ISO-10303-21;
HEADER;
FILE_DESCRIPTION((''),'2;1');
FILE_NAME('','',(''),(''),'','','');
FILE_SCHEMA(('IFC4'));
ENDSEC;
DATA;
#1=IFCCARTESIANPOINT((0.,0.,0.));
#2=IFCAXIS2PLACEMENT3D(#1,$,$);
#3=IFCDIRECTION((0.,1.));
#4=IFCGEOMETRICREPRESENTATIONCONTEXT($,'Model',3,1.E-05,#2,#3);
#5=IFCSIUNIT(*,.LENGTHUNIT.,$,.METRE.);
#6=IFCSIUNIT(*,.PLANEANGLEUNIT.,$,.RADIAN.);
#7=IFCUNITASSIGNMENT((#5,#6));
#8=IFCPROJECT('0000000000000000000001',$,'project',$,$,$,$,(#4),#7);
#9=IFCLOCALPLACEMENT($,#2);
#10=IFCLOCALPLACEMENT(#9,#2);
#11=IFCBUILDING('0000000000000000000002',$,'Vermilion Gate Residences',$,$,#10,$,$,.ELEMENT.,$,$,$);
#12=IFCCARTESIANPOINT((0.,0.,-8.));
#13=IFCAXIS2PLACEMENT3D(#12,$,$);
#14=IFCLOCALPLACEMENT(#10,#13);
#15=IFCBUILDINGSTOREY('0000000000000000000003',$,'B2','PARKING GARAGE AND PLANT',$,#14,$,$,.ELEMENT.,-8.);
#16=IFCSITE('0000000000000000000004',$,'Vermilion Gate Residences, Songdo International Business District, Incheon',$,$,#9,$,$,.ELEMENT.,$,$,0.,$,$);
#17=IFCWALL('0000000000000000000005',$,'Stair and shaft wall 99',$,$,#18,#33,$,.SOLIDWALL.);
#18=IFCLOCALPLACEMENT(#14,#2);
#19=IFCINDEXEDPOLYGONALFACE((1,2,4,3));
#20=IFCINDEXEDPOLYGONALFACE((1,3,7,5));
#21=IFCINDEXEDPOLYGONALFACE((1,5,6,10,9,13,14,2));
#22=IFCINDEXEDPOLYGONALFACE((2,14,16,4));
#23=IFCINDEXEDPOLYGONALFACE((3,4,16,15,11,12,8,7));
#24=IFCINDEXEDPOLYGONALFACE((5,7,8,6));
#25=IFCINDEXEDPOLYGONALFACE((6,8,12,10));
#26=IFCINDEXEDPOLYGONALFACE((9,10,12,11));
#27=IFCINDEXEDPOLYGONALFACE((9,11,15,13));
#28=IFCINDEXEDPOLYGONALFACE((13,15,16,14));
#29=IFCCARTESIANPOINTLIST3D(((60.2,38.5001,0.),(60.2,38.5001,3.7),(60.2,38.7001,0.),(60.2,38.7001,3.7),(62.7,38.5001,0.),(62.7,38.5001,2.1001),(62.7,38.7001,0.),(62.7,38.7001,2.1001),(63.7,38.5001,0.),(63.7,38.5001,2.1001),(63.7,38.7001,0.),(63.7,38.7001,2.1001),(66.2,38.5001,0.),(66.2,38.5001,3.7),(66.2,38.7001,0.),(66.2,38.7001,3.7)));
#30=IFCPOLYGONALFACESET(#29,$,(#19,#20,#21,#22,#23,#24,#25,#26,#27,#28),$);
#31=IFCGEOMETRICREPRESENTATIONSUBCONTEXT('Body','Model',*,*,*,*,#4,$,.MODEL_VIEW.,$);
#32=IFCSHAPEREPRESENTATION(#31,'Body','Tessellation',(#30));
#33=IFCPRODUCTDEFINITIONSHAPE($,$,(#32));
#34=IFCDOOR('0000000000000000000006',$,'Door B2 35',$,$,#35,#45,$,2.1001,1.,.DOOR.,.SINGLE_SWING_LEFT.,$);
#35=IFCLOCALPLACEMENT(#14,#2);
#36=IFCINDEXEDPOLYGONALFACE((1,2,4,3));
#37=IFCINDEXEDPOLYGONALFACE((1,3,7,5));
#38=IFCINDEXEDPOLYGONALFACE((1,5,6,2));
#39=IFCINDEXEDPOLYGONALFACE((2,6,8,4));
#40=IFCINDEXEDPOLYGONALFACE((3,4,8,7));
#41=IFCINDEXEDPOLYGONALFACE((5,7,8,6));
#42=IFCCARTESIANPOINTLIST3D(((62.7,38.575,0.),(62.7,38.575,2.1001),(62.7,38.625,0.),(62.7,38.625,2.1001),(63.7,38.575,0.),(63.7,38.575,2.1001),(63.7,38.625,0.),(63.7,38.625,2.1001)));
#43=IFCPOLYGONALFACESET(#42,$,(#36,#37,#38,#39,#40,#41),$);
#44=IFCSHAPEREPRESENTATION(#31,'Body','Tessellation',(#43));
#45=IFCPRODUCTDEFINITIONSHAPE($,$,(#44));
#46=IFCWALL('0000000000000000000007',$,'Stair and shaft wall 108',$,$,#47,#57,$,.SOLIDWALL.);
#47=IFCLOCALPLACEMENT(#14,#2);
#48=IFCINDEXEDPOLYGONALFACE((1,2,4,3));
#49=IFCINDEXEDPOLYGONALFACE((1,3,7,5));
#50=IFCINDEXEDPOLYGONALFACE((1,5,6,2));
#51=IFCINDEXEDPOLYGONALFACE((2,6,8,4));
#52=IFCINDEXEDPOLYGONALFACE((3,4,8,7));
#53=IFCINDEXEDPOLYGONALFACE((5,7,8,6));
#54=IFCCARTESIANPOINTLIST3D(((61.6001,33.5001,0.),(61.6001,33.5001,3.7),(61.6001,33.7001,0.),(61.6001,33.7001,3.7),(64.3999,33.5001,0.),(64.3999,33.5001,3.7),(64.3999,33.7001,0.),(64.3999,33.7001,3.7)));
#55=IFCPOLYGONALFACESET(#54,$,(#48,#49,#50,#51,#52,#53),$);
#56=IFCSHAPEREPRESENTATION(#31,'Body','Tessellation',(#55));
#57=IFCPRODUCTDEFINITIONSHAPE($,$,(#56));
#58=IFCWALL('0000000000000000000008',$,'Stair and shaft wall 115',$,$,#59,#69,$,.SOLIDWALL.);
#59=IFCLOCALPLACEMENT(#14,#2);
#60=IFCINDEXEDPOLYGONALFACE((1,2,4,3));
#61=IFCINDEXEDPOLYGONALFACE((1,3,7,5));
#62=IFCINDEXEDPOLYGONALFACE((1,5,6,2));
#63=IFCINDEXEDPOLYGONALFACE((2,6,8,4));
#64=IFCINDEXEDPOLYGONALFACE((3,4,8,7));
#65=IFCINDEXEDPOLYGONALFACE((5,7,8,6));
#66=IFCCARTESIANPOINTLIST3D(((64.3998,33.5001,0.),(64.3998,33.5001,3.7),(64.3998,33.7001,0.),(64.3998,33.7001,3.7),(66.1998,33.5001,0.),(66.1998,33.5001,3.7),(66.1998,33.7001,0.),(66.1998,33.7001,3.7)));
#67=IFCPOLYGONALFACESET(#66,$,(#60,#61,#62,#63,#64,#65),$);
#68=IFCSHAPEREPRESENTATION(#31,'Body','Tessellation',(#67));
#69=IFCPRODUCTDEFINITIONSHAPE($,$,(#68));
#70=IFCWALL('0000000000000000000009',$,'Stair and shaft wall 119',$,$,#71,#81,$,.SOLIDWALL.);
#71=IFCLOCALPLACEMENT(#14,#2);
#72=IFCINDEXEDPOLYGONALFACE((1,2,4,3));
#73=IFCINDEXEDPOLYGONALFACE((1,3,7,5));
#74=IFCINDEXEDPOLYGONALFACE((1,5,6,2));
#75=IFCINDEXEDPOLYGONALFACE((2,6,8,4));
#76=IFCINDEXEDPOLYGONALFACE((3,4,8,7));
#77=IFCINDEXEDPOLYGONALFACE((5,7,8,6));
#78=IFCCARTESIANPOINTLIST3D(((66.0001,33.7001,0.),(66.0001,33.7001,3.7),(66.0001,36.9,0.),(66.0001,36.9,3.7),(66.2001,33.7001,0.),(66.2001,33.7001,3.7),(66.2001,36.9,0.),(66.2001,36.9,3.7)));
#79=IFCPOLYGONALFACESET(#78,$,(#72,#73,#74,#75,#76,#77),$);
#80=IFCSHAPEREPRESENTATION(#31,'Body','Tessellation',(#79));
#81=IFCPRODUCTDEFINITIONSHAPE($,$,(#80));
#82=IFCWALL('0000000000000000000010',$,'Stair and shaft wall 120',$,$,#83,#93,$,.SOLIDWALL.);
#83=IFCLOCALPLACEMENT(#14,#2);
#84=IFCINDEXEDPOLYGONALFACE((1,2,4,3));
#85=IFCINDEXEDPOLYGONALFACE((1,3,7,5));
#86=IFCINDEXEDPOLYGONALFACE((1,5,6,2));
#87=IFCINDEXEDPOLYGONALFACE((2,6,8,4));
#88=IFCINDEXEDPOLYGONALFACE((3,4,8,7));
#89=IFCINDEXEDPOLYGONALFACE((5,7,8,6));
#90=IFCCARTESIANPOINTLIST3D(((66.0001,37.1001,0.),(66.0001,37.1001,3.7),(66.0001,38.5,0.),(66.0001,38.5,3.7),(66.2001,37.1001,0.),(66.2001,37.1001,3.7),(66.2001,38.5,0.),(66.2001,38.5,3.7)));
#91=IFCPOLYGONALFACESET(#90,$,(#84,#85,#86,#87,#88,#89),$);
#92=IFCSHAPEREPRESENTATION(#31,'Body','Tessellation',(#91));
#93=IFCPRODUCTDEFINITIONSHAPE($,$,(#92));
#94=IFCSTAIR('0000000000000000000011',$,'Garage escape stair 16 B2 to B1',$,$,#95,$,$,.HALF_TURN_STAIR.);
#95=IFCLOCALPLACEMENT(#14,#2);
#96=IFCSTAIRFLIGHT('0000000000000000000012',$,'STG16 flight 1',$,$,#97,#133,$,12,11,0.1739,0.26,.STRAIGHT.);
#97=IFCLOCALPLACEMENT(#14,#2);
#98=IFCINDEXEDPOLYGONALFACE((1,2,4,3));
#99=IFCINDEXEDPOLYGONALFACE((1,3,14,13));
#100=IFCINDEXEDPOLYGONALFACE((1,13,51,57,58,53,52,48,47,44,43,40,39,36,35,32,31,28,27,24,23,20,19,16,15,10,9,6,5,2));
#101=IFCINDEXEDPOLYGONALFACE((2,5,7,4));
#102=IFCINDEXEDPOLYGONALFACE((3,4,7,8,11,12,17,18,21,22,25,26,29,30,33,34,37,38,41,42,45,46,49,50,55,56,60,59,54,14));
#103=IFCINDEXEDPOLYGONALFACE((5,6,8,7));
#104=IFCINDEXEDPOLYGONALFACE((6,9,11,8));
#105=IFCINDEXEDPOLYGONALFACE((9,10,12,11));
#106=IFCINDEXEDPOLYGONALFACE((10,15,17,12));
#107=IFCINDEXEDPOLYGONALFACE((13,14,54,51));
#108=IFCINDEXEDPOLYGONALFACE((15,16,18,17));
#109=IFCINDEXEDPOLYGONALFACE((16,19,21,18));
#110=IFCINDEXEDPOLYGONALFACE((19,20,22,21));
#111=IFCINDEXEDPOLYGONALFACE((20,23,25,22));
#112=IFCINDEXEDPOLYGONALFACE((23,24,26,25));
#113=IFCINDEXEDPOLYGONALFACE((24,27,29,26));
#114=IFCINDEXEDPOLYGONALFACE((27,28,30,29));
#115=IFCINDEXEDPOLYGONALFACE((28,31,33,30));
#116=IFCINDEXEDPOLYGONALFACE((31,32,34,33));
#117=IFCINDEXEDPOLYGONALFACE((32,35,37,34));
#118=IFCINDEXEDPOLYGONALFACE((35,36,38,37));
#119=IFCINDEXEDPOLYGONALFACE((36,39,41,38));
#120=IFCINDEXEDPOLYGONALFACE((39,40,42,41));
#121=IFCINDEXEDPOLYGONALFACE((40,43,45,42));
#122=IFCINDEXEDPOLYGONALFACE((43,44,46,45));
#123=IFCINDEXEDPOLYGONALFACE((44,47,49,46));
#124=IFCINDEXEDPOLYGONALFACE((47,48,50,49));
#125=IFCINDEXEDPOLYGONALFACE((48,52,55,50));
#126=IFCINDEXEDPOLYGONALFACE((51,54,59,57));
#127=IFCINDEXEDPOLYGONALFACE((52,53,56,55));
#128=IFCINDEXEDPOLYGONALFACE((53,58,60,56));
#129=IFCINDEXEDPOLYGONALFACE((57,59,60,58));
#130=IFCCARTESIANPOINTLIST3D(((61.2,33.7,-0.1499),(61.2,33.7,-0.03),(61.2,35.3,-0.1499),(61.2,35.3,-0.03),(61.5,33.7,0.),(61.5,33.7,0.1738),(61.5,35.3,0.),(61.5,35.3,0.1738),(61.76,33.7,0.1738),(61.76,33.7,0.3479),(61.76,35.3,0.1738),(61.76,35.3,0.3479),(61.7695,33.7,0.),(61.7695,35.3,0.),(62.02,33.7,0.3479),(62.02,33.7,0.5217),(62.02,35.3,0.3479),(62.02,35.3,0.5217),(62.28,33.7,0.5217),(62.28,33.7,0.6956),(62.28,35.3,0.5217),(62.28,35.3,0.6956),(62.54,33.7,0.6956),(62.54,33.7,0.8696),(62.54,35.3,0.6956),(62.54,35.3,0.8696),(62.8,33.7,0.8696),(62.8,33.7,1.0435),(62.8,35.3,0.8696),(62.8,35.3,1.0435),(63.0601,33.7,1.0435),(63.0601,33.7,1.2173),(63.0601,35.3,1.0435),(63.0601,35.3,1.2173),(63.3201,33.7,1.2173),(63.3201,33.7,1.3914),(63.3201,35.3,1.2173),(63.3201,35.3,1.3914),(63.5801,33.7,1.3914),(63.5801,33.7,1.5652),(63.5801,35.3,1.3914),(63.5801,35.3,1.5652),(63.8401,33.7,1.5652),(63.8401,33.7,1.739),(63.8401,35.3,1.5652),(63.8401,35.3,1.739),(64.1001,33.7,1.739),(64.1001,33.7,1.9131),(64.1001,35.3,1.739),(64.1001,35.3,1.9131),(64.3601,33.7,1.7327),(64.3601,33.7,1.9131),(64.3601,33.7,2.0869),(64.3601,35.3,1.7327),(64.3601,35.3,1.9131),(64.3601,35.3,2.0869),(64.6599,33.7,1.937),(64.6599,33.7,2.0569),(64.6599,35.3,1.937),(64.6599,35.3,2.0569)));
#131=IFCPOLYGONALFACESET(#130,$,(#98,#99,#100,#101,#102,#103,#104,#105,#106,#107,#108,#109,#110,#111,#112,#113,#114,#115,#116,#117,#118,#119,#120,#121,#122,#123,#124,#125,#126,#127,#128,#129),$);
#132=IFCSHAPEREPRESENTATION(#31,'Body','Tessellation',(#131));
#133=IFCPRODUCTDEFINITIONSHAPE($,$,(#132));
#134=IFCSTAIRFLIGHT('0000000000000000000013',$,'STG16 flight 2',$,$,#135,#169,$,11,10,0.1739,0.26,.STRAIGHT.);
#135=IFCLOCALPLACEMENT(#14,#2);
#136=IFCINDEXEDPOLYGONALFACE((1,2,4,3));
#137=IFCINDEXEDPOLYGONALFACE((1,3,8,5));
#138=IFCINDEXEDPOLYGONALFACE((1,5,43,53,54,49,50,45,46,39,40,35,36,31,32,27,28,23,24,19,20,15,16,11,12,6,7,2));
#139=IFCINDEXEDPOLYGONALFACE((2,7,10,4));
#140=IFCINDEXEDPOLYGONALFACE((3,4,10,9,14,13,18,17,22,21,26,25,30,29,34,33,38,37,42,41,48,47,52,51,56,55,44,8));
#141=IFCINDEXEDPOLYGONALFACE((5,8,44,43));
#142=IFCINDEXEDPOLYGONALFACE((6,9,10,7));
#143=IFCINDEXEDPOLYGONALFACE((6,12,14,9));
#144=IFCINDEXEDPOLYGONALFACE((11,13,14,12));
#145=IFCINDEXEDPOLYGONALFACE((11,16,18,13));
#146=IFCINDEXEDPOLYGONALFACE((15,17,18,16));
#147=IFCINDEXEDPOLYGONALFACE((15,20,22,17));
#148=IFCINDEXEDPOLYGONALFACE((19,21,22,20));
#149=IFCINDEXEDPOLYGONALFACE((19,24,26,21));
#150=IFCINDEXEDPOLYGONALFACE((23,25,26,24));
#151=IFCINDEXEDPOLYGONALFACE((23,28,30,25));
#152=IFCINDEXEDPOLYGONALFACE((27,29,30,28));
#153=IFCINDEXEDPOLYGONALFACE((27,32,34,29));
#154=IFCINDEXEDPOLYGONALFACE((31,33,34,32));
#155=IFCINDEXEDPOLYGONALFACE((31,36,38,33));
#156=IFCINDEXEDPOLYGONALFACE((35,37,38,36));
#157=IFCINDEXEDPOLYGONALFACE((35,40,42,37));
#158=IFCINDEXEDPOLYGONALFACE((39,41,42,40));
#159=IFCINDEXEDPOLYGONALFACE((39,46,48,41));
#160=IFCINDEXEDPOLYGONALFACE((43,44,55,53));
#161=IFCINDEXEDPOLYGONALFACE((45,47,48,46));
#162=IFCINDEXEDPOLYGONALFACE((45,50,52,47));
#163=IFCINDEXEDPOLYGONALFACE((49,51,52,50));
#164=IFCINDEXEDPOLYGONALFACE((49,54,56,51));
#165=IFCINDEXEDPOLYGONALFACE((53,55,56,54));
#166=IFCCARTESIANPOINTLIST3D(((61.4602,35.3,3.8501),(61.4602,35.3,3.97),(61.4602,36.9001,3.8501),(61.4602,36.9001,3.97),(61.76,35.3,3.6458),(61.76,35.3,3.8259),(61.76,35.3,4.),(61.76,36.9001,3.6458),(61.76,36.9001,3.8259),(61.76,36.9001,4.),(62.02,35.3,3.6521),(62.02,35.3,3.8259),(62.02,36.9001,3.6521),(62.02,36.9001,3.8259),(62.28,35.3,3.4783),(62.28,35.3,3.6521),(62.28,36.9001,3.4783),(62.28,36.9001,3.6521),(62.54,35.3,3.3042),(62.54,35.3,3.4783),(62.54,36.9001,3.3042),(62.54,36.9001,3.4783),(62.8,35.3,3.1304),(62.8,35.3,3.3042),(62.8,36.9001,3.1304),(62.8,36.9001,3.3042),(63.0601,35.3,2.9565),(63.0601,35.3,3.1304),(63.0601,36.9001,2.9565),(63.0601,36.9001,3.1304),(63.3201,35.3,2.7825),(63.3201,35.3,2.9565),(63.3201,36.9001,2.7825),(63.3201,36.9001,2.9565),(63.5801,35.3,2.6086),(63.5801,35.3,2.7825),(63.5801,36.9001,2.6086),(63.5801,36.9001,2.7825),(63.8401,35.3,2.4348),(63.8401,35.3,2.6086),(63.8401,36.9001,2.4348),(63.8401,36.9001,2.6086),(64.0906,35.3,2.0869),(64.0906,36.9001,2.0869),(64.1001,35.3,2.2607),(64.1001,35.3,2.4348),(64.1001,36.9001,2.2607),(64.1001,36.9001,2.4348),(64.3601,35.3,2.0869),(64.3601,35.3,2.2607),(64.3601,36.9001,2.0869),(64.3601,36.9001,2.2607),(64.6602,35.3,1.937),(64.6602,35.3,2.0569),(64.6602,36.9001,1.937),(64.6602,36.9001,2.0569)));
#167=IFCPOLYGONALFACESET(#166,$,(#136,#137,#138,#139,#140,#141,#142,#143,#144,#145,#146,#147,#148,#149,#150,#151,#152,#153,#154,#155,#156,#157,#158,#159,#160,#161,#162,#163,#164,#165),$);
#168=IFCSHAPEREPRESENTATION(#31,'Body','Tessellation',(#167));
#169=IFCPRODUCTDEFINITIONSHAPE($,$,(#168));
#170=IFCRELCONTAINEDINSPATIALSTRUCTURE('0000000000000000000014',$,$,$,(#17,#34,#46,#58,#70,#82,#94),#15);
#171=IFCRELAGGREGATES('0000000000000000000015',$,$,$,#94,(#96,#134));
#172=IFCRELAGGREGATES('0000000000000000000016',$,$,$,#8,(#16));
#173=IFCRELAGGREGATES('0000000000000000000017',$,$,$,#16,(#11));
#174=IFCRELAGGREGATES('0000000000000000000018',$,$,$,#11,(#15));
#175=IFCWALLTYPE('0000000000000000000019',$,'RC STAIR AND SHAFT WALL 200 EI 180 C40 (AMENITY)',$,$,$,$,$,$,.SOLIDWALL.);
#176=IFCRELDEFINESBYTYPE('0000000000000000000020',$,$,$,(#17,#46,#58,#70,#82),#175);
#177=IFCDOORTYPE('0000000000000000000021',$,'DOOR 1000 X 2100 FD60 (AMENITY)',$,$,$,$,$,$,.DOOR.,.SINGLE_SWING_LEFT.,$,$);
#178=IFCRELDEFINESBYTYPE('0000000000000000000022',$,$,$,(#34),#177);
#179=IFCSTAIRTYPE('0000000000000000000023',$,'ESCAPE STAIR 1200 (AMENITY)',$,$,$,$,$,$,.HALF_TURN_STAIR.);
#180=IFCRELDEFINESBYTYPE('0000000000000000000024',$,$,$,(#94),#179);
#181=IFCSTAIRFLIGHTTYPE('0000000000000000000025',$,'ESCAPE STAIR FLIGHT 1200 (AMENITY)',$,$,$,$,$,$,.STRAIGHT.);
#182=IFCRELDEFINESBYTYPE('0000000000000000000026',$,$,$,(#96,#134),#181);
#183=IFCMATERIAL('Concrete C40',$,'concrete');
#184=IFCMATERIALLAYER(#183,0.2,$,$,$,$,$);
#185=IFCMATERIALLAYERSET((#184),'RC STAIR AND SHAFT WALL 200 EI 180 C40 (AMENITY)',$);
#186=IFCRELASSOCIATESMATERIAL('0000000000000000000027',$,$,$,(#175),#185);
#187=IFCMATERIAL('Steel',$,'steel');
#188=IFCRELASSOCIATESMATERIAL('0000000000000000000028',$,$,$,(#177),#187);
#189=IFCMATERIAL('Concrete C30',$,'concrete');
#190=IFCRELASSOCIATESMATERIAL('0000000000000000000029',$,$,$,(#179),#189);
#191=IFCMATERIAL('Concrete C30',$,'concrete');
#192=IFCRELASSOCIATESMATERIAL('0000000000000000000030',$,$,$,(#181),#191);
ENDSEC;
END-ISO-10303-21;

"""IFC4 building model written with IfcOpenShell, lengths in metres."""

from ifc_helpers import new_model, si_unit, direction, frame, frame_2d, origin, place, context, subcontext, project, spatial, polyline, rectangle, outline, extrude, material, layer, layer_set, type_object, element, fill, aggregate, save


model = new_model("IFC4")

# Units and contexts
model_context = context("Model", 3, precision=1e-05, world=origin(), true_north=direction((0.0, 1.0)))
body_context = subcontext(model_context, "Body", "Model", "MODEL_VIEW")
ifc_project = project(units=[si_unit("LENGTHUNIT", "METRE"), si_unit("PLANEANGLEUNIT", "RADIAN")], contexts=[model_context])

# Site, building, storey
site_placement = place(None, origin())
site = spatial("IfcSite", under=ifc_project, at=site_placement, Name="Vermilion Gate Residences, Songdo International Business District, Incheon", CompositionType="ELEMENT", RefElevation=0.0)
building_placement = place(site_placement, origin())
building = spatial("IfcBuilding", under=site, at=building_placement, Name="Vermilion Gate Residences", CompositionType="ELEMENT")
storey_placement = place(building_placement, frame((0.0, 0.0, -8.0)))
storey = spatial("IfcBuildingStorey", under=building, at=storey_placement, Name="B2", Description="PARKING GARAGE AND PLANT", CompositionType="ELEMENT", Elevation=-8.0)

# Shared definitions
ifc_material_1 = material(Name="Concrete C40", Category="concrete")
ifc_layer_1 = layer(ifc_material_1, 0.2)
ifc_layer_set_1 = layer_set([ifc_layer_1], Name="RC STAIR AND SHAFT WALL 200 EI 180 C40 (AMENITY)")
wall_type_1 = type_object("IfcWallType", Name="RC STAIR AND SHAFT WALL 200 EI 180 C40 (AMENITY)", PredefinedType="SOLIDWALL", material=ifc_layer_set_1)

# Wall, opening, door
ifc_material_2 = material(Name="Steel", Category="steel")
door_type = type_object("IfcDoorType", Name="DOOR 1000 X 2100 FD60 (AMENITY)", OperationType="SINGLE_SWING_LEFT", PredefinedType="DOOR", material=ifc_material_2)
wall_1_placement = place(storey_placement, frame((60.2, 38.6001, 0.0), z_axis=(0.0, 0.0, 1.0), x_axis=(1.0, 0.0, 0.0)))
wall_1 = element("IfcWall", 1, at=wall_1_placement, inside=storey, type_object=wall_type_1, Name="Stair and shaft wall 99", PredefinedType="SOLIDWALL", context=body_context, shape_type="SweptSolid", body=[
    extrude(rectangle(XDim=6.0, YDim=0.2, at=frame_2d((3.0, 0.0))), origin(), (0.0, 0.0, 1.0), 3.7),
])
opening_1_placement = place(wall_1_placement, frame((2.5, 0.0, 0.0)))
opening_1 = element("IfcOpeningElement", 2, at=opening_1_placement, cuts=wall_1, PredefinedType="OPENING", context=body_context, shape_type="SweptSolid", body=[
    extrude(rectangle(XDim=1.0, YDim=2.1001, at=frame_2d((0.5, 1.05))), frame((0.0, 0.1099, 0.0), z_axis=(0.0, -1.0, 0.0), x_axis=(1.0, 0.0, 0.0)), (0.0, 0.0, 1.0), 0.22),
])
door_1_placement = place(opening_1_placement, origin())
door_1 = element("IfcDoor", 3, at=door_1_placement, inside=storey, type_object=door_type, Name="Door B2 35", OperationType="SINGLE_SWING_LEFT", OverallHeight=2.1001, OverallWidth=1.0, PredefinedType="DOOR", context=body_context, shape_type="SweptSolid", body=[
    extrude(rectangle(XDim=1.0, YDim=2.1001, at=frame_2d((0.5, 1.05))), frame((0.0, 0.0249, 0.0), z_axis=(0.0, -1.0, 0.0), x_axis=(1.0, 0.0, 0.0)), (0.0, 0.0, 1.0), 0.05),
])
fill(opening_1, door_1)

# Walls
wall_2_placement = place(storey_placement, frame((61.6001, 33.6001, 0.0), z_axis=(0.0, 0.0, 1.0), x_axis=(1.0, 0.0, 0.0)))
element("IfcWall", 4, at=wall_2_placement, inside=storey, type_object=wall_type_1, Name="Stair and shaft wall 108", PredefinedType="SOLIDWALL", context=body_context, shape_type="SweptSolid", body=[
    extrude(rectangle(XDim=2.7998, YDim=0.2, at=frame_2d((1.3999, 0.0))), origin(), (0.0, 0.0, 1.0), 3.7),
])
wall_3_placement = place(storey_placement, frame((64.3999, 33.6001, 0.0), z_axis=(0.0, 0.0, 1.0), x_axis=(1.0, 0.0, 0.0)))
element("IfcWall", 5, at=wall_3_placement, inside=storey, type_object=wall_type_1, Name="Stair and shaft wall 115", PredefinedType="SOLIDWALL", context=body_context, shape_type="SweptSolid", body=[
    extrude(rectangle(XDim=1.8, YDim=0.2, at=frame_2d((0.8999, 0.0))), origin(), (0.0, 0.0, 1.0), 3.7),
])
wall_4_placement = place(storey_placement, frame((66.1001, 33.7, 0.0), z_axis=(0.0, 0.0, 1.0), x_axis=(0.0, 1.0, 0.0)))
element("IfcWall", 6, at=wall_4_placement, inside=storey, type_object=wall_type_1, Name="Stair and shaft wall 119", PredefinedType="SOLIDWALL", context=body_context, shape_type="SweptSolid", body=[
    extrude(rectangle(XDim=3.2, YDim=0.2, at=frame_2d((1.6001, 0.0))), origin(), (0.0, 0.0, 1.0), 3.7),
])
wall_5_placement = place(storey_placement, frame((66.1001, 37.1001, 0.0), z_axis=(0.0, 0.0, 1.0), x_axis=(0.0, 1.0, 0.0)))
element("IfcWall", 7, at=wall_5_placement, inside=storey, type_object=wall_type_1, Name="Stair and shaft wall 120", PredefinedType="SOLIDWALL", context=body_context, shape_type="SweptSolid", body=[
    extrude(rectangle(XDim=1.3999, YDim=0.2, at=frame_2d((0.7, 0.0))), origin(), (0.0, 0.0, 1.0), 3.7),
])

# Stair, stair flights
ifc_material_3 = material(Name="Concrete C30", Category="concrete")
stair_type = type_object("IfcStairType", Name="ESCAPE STAIR 1200 (AMENITY)", PredefinedType="HALF_TURN_STAIR", material=ifc_material_3)
stair_placement = place(storey_placement, origin())
stair = element("IfcStair", 8, at=stair_placement, inside=storey, type_object=stair_type, Name="Garage escape stair 16 B2 to B1", PredefinedType="HALF_TURN_STAIR")
ifc_material_4 = material(Name="Concrete C30", Category="concrete")
stair_flight_type = type_object("IfcStairFlightType", Name="ESCAPE STAIR FLIGHT 1200 (AMENITY)", PredefinedType="STRAIGHT", material=ifc_material_4)
stair_flight_1_placement = place(storey_placement, frame((61.5, 34.5, 0.0), z_axis=(0.0, 0.0, 1.0), x_axis=(1.0, 0.0, 0.0)))
stair_flight_1 = element("IfcStairFlight", 9, at=stair_flight_1_placement, type_object=stair_flight_type, Name="STG16 flight 1", NumberOfRisers=12, NumberOfTreads=11, PredefinedType="STRAIGHT", RiserHeight=0.1739, TreadLength=0.26, context=body_context, shape_type="SweptSolid", body=[
    extrude(outline(polyline([(-0.3, -0.1499), (-0.3, -0.03), (0.0, 0.0), (0.0, 0.1738), (0.26, 0.1738), (0.26, 0.3479), (0.52, 0.3479), (0.52, 0.5217), (0.78, 0.5217), (0.78, 0.6956), (1.04, 0.6956), (1.04, 0.8696), (1.3, 0.8696), (1.3, 1.0435), (1.5601, 1.0435), (1.5601, 1.2173), (1.8201, 1.2173), (1.8201, 1.3914), (2.0801, 1.3914), (2.0801, 1.5652), (2.3401, 1.5652), (2.3401, 1.739), (2.6001, 1.739), (2.6001, 1.9131), (2.8601, 1.9131), (2.8601, 2.0869), (3.1599, 2.0569), (3.1599, 1.937), (2.8601, 1.7327), (0.2695, 0.0), (-0.3, -0.1499)])), frame((0.0, 0.8, 0.0), z_axis=(0.0, -1.0, 0.0), x_axis=(1.0, 0.0, 0.0)), (0.0, 0.0, 1.0), 1.6001),
])
stair_flight_2_placement = place(storey_placement, frame((64.3601, 36.1001, 2.0869), z_axis=(0.0, 0.0, 1.0), x_axis=(-1.0, 0.0, 0.0)))
stair_flight_2 = element("IfcStairFlight", 10, at=stair_flight_2_placement, type_object=stair_flight_type, Name="STG16 flight 2", NumberOfRisers=11, NumberOfTreads=10, PredefinedType="STRAIGHT", RiserHeight=0.1739, TreadLength=0.26, context=body_context, shape_type="SweptSolid", body=[
    extrude(outline(polyline([(-0.3, -0.1499), (-0.3, -0.03), (0.0, 0.0), (0.0, 0.1738), (0.26, 0.1738), (0.26, 0.3479), (0.52, 0.3479), (0.52, 0.5217), (0.78, 0.5217), (0.78, 0.6956), (1.04, 0.6956), (1.04, 0.8696), (1.3, 0.8696), (1.3, 1.0435), (1.5601, 1.0435), (1.5601, 1.2173), (1.8201, 1.2173), (1.8201, 1.3914), (2.0801, 1.3914), (2.0801, 1.5652), (2.3401, 1.5652), (2.3401, 1.739), (2.6001, 1.739), (2.6001, 1.9131), (2.8999, 1.8831), (2.8999, 1.7632), (2.6001, 1.5588), (0.2695, 0.0), (-0.3, -0.1499)])), frame((0.0, 0.8, 0.0), z_axis=(0.0, -1.0, 0.0), x_axis=(1.0, 0.0, 0.0)), (0.0, 0.0, 1.0), 1.6001),
])
aggregate(stair, [stair_flight_1, stair_flight_2])

save(model, "model.ifc")
